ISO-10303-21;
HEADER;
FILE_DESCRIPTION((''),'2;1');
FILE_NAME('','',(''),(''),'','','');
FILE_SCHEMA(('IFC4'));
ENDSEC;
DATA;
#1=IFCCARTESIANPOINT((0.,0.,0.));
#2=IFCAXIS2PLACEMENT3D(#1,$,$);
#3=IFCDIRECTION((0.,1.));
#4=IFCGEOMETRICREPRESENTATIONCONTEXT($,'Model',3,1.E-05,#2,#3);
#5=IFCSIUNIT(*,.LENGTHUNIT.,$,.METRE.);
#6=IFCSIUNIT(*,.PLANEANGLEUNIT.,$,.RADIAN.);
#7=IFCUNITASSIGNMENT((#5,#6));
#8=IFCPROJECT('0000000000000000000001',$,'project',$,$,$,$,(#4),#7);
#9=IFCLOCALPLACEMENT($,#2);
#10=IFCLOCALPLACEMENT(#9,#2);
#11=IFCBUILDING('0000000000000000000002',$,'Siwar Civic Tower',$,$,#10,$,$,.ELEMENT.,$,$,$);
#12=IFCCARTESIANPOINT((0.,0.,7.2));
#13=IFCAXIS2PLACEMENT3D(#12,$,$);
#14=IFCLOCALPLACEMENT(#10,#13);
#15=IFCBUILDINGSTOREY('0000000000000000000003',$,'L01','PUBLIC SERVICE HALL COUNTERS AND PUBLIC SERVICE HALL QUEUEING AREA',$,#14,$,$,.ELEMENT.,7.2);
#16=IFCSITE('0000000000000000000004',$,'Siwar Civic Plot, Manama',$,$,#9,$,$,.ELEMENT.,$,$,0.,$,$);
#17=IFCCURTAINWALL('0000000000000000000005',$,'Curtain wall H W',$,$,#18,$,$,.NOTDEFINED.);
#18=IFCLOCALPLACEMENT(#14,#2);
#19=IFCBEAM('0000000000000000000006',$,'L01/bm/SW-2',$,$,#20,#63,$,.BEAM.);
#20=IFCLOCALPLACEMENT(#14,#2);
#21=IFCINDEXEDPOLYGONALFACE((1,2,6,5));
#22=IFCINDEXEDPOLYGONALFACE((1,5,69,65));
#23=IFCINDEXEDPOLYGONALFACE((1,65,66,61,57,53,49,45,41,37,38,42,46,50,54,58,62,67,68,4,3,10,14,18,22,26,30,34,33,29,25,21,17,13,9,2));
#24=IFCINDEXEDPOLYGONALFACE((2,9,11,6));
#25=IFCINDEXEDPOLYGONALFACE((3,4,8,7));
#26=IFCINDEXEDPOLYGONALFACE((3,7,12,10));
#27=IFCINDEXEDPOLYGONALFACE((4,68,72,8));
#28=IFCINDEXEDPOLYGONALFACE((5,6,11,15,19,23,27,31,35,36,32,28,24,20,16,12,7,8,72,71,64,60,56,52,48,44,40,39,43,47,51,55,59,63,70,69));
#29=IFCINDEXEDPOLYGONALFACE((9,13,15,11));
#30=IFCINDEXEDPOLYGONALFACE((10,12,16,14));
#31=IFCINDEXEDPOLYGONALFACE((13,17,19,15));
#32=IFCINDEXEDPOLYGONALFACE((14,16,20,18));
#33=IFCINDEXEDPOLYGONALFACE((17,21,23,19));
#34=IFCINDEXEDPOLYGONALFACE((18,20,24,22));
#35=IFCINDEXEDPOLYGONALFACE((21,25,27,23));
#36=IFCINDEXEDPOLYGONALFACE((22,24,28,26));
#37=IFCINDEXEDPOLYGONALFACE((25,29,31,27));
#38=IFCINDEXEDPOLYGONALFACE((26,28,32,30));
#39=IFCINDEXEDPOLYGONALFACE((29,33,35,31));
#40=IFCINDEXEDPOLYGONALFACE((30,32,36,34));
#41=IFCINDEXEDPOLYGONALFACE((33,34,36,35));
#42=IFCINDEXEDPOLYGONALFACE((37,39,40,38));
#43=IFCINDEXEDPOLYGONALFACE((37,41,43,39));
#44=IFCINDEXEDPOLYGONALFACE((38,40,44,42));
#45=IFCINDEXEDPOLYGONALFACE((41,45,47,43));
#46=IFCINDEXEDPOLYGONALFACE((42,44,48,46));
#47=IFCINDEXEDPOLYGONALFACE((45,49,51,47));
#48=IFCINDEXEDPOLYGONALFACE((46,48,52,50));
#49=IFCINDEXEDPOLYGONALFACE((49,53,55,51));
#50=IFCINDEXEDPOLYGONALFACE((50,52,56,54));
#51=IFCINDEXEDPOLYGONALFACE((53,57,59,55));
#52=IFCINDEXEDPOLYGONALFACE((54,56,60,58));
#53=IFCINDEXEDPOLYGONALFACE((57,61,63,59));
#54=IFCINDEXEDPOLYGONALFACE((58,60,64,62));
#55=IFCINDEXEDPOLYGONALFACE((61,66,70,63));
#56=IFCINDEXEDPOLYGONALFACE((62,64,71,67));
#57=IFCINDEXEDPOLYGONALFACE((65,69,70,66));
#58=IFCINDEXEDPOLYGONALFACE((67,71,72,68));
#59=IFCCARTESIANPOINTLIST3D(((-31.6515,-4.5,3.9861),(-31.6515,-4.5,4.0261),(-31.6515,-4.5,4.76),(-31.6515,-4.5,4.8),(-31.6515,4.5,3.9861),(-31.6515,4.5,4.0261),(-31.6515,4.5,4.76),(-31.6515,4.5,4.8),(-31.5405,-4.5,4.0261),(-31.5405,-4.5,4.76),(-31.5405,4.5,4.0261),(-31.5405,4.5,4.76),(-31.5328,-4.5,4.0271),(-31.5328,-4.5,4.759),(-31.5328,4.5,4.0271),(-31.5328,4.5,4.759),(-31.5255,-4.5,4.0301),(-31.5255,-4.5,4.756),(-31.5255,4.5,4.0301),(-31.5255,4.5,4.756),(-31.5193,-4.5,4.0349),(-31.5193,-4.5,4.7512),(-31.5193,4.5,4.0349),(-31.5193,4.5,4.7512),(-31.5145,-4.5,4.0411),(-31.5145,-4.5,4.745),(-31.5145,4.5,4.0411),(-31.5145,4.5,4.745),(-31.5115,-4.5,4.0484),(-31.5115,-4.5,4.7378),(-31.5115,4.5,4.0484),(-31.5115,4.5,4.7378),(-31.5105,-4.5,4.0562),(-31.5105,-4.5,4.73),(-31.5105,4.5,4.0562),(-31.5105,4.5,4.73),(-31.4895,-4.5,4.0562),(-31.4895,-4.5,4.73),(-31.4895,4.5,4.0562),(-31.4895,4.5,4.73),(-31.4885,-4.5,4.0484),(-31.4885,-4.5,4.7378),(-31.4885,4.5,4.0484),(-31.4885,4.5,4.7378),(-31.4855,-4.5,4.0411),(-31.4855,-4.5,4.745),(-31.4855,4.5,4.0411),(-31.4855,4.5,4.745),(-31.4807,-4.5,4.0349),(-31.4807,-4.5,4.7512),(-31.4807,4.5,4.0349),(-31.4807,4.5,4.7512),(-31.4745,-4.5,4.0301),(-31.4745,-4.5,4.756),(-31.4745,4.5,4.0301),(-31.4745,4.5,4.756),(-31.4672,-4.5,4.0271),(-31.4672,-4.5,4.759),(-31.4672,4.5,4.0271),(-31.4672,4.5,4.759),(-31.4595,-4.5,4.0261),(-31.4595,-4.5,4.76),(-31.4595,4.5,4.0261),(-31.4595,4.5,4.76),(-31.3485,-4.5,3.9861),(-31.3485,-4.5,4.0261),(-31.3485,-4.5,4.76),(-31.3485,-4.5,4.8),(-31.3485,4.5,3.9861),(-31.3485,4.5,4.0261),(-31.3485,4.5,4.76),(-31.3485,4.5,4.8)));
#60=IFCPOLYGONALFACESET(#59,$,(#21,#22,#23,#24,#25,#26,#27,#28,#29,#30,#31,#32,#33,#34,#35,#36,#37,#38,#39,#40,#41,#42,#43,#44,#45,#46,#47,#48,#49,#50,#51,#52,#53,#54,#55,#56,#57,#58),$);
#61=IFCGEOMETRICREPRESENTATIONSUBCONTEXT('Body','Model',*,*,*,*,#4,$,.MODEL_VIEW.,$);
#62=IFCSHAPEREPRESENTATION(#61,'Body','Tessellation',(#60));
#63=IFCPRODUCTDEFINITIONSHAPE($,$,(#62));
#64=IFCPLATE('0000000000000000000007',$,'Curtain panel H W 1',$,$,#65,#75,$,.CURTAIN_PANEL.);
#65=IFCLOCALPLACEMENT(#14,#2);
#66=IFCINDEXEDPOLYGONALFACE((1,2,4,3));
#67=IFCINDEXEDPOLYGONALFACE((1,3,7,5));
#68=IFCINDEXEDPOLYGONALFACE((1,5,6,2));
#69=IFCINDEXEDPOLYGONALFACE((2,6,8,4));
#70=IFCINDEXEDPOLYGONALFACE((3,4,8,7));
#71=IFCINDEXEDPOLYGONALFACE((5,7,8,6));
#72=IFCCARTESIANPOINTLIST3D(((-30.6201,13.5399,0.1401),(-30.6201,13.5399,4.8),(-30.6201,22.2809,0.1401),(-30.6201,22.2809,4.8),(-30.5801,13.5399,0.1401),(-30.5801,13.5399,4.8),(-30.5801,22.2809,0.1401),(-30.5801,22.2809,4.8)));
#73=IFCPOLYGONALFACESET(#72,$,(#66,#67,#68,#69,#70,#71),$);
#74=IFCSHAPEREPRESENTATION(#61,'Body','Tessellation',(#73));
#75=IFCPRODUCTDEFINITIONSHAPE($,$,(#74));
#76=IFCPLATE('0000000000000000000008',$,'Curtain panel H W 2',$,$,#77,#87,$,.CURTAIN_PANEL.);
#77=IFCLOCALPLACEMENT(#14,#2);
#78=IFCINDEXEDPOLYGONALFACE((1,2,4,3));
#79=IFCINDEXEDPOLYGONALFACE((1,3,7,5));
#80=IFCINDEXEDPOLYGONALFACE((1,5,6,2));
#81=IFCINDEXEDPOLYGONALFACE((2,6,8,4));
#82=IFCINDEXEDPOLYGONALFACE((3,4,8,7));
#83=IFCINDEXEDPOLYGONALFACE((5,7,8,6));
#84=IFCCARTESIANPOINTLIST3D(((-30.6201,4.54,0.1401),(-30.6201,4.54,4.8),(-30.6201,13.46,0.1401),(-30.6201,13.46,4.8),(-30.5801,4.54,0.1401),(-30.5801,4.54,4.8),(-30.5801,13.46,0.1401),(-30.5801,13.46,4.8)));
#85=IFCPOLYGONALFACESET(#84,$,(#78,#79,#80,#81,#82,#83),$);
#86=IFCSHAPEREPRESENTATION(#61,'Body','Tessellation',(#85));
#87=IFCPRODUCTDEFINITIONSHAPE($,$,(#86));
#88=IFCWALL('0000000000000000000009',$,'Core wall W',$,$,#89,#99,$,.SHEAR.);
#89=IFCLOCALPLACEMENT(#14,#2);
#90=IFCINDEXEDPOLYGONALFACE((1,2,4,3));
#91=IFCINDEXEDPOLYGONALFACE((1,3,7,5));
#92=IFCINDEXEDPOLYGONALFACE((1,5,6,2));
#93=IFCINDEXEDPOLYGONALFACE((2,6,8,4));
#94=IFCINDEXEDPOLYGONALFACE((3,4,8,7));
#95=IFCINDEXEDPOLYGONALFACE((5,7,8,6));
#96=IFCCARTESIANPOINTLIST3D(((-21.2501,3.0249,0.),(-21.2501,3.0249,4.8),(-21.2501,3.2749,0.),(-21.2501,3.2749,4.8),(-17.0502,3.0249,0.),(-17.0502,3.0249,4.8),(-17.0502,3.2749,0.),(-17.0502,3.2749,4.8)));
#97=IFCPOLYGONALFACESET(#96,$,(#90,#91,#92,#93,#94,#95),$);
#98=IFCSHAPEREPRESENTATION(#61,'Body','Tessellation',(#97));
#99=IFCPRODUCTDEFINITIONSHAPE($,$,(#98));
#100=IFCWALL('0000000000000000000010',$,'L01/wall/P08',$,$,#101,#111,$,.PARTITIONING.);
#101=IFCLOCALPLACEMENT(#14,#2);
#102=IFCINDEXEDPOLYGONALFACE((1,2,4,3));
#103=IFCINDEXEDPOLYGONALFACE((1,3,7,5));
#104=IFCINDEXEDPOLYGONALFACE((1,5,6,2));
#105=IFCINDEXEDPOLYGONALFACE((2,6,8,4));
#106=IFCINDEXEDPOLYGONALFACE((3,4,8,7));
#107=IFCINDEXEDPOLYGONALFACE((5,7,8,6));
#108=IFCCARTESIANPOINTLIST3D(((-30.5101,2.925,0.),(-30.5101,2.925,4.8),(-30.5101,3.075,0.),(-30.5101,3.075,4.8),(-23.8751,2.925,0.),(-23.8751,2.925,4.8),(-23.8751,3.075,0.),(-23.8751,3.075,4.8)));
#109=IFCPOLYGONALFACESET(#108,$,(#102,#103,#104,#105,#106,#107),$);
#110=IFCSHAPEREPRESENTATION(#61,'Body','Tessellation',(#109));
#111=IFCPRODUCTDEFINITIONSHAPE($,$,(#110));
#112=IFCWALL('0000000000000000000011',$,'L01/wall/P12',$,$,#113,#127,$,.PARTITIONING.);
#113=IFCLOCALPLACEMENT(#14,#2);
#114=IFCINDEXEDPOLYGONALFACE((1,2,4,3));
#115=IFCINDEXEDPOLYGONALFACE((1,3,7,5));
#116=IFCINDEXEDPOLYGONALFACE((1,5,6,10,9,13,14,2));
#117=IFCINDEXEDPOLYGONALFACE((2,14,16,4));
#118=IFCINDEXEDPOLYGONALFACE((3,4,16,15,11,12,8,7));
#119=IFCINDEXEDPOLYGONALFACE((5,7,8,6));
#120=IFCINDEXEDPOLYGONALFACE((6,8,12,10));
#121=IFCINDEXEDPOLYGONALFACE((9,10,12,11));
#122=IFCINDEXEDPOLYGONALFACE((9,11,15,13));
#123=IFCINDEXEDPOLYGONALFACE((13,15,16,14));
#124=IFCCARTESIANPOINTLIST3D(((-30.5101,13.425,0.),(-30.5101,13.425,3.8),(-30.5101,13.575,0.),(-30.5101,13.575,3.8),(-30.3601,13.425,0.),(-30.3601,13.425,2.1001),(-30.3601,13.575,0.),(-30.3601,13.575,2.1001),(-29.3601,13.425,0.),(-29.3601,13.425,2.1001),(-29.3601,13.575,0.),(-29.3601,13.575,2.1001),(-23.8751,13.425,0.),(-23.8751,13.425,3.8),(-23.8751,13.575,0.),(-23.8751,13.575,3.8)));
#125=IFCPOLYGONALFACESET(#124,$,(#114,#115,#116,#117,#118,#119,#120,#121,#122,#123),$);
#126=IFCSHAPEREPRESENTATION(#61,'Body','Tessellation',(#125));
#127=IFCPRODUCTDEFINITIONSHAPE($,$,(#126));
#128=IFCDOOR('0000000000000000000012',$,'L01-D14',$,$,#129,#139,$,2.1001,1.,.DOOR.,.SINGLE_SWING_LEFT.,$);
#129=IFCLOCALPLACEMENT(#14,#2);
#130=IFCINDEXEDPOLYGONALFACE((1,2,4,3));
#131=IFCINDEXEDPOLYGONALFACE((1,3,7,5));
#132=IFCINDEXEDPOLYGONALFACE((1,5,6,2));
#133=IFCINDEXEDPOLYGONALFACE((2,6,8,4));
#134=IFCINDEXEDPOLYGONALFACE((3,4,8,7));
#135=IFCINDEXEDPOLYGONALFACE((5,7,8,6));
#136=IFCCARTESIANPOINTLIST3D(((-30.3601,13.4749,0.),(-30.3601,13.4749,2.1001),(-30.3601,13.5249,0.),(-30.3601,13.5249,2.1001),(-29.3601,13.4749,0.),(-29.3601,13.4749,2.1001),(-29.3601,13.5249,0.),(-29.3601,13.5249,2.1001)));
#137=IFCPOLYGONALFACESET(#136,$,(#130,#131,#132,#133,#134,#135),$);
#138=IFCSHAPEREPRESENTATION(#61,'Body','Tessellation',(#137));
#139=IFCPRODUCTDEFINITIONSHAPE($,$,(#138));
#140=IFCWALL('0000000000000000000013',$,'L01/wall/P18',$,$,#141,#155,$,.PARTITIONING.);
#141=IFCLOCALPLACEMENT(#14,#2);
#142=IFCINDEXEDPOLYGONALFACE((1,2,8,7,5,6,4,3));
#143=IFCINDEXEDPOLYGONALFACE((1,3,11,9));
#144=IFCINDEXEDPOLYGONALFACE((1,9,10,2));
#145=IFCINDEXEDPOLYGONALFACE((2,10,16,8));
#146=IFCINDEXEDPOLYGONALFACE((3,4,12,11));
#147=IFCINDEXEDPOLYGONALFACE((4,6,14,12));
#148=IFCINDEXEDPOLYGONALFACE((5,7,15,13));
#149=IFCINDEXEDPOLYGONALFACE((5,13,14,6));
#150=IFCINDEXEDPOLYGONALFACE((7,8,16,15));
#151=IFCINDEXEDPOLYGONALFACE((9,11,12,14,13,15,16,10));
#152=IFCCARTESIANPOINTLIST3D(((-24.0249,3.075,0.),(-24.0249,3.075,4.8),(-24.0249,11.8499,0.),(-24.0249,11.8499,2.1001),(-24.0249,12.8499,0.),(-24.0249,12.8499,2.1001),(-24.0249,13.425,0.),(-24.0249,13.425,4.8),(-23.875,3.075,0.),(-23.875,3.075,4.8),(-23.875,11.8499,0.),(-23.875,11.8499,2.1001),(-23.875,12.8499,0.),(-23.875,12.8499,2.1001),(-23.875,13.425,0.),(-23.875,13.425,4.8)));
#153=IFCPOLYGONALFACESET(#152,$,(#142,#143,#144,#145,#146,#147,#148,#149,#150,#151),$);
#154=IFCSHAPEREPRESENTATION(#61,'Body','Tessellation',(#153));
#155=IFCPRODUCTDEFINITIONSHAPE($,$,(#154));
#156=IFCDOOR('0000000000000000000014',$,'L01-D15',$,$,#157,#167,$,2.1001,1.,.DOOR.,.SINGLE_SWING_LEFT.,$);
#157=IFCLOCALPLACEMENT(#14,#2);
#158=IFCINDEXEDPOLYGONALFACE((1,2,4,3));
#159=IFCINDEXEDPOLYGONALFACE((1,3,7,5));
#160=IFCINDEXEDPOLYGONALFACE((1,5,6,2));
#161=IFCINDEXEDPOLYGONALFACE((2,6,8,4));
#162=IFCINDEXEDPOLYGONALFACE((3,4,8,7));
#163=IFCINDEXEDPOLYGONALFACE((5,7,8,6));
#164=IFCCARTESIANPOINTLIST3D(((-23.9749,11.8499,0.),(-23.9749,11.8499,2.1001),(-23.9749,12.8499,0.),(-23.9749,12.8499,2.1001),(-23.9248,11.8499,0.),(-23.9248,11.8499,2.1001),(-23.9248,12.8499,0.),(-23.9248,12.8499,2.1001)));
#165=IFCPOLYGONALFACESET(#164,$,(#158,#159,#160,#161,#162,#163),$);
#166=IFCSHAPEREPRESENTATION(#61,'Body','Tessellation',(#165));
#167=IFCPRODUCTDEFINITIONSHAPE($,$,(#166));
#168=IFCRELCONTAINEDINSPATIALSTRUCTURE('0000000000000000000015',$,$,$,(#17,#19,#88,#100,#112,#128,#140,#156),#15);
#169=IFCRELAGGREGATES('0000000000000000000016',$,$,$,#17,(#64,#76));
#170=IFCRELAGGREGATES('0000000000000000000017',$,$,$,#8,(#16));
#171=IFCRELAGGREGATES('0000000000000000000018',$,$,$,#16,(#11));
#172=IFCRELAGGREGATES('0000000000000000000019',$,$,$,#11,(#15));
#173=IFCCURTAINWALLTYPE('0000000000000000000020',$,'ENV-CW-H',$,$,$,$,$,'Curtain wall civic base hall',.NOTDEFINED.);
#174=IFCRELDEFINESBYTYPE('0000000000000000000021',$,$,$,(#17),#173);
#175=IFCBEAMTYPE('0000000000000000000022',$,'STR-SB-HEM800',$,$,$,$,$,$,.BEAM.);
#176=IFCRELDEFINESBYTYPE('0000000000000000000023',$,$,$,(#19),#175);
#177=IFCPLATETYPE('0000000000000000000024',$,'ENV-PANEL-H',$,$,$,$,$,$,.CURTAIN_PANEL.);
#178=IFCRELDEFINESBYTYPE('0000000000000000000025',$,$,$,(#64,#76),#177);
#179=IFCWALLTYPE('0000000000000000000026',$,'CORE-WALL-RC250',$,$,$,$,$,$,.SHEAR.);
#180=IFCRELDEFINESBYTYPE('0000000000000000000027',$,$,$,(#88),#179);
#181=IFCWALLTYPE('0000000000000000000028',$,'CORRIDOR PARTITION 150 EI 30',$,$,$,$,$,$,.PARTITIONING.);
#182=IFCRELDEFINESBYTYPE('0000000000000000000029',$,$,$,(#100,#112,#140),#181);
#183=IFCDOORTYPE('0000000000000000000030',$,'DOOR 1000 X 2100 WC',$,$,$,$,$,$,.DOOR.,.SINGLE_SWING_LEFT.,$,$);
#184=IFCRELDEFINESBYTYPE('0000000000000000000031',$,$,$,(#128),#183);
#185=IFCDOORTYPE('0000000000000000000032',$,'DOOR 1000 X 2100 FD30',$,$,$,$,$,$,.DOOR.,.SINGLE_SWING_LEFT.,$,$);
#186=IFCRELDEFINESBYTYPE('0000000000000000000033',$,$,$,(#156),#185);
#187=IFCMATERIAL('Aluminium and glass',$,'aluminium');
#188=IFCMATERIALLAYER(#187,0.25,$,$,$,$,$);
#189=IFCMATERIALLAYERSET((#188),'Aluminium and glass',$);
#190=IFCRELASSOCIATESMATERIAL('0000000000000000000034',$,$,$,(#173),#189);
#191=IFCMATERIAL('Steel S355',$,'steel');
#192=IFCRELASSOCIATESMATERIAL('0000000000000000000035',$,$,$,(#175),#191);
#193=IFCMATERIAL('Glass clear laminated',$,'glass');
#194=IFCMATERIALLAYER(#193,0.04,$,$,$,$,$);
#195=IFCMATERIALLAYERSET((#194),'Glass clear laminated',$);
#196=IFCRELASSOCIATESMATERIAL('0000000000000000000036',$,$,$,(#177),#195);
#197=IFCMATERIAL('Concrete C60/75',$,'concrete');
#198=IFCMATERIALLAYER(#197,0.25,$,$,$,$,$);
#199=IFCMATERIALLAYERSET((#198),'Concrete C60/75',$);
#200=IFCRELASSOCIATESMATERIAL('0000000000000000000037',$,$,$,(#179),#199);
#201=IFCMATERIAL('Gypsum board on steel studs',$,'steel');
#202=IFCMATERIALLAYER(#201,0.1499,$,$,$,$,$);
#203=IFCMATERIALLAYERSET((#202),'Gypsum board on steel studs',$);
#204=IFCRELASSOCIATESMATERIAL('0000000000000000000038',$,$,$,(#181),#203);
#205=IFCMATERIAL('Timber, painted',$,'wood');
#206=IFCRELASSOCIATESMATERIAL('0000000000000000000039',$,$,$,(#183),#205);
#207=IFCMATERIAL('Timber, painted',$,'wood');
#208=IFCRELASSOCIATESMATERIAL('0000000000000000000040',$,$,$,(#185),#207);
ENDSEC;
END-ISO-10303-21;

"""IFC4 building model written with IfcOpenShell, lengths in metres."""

from ifc_helpers import new_model, si_unit, direction, frame, frame_2d, origin, origin_2d, place, context, subcontext, project, spatial, rectangle, i_section, extrude, material, layer, layer_set, material_profile, profile_set, type_object, element, fill, aggregate, save


model = new_model("IFC4")

# Units and contexts
model_context = context("Model", 3, precision=1e-05, world=origin(), true_north=direction((0.0, 1.0)))
body_context = subcontext(model_context, "Body", "Model", "MODEL_VIEW")
ifc_project = project(units=[si_unit("LENGTHUNIT", "METRE"), si_unit("PLANEANGLEUNIT", "RADIAN")], contexts=[model_context])

# Site, building, storey
site_placement = place(None, origin())
site = spatial("IfcSite", under=ifc_project, at=site_placement, Name="Siwar Civic Plot, Manama", CompositionType="ELEMENT", RefElevation=0.0)
building_placement = place(site_placement, origin())
building = spatial("IfcBuilding", under=site, at=building_placement, Name="Siwar Civic Tower", CompositionType="ELEMENT")
storey_placement = place(building_placement, frame((0.0, 0.0, 7.2)))
storey = spatial("IfcBuildingStorey", under=building, at=storey_placement, Name="L01", Description="PUBLIC SERVICE HALL COUNTERS AND PUBLIC SERVICE HALL QUEUEING AREA", CompositionType="ELEMENT", Elevation=7.2)

# Curtain wall
ifc_material_1 = material(Name="Aluminium and glass", Category="aluminium")
ifc_layer_1 = layer(ifc_material_1, 0.25)
ifc_layer_set_1 = layer_set([ifc_layer_1], Name="Aluminium and glass")
curtain_wall_type = type_object("IfcCurtainWallType", Name="ENV-CW-H", ElementType="Curtain wall civic base hall", PredefinedType="NOTDEFINED", material=ifc_layer_set_1)
curtain_wall_placement = place(storey_placement, origin())
curtain_wall = element("IfcCurtainWall", 1, at=curtain_wall_placement, inside=storey, type_object=curtain_wall_type, Name="Curtain wall H W", PredefinedType="NOTDEFINED")

# Beam
ifc_material_2 = material(Name="Steel S355", Category="steel")
ifc_material_profile_1 = material_profile(ifc_material_2, i_section(OverallWidth=0.303, OverallDepth=0.814, WebThickness=0.021, FlangeThickness=0.04, FilletRadius=0.03, at=origin_2d()), Name="HEM800")
ifc_profile_set_1 = profile_set([ifc_material_profile_1], Name="Steel S355")
beam_type_1 = type_object("IfcBeamType", Name="STR-SB-HEM800", PredefinedType="BEAM", material=ifc_profile_set_1)
for number, where, z_axis, x_axis, name in (
    (2, (-31.5, 4.5, 4.3931), (0.0, -1.0, 0.0), (1.0, 0.0, 0.0), "L01/bm/SW-2"),
):
    element("IfcBeam", number, at=place(storey_placement, frame(where, z_axis=z_axis, x_axis=x_axis)), inside=storey, type_object=beam_type_1, Name=name, PredefinedType="BEAM", context=body_context, shape_type="SweptSolid", body=[
        extrude(i_section(OverallWidth=0.303, OverallDepth=0.814, WebThickness=0.021, FlangeThickness=0.04, FilletRadius=0.03, at=origin_2d()), origin(), (0.0, 0.0, 1.0), 9.0),
    ])

# Plates
ifc_material_3 = material(Name="Glass clear laminated", Category="glass")
ifc_layer_2 = layer(ifc_material_3, 0.04)
ifc_layer_set_2 = layer_set([ifc_layer_2], Name="Glass clear laminated")
plate_type = type_object("IfcPlateType", Name="ENV-PANEL-H", PredefinedType="CURTAIN_PANEL", material=ifc_layer_set_2)
plate_1_placement = place(storey_placement, frame((-30.6001, 17.9104, 0.1401), z_axis=(0.0, 0.0, 1.0), x_axis=(0.0, -1.0, 0.0)))
plate_1 = element("IfcPlate", 3, at=plate_1_placement, type_object=plate_type, Name="Curtain panel H W 1", PredefinedType="CURTAIN_PANEL", context=body_context, shape_type="SweptSolid", body=[
    extrude(rectangle(XDim=8.741, YDim=0.04, at=origin_2d()), origin(), (0.0, 0.0, 1.0), 4.6599),
])
plate_2_placement = place(storey_placement, frame((-30.6001, 9.0, 0.1401), z_axis=(0.0, 0.0, 1.0), x_axis=(0.0, -1.0, 0.0)))
plate_2 = element("IfcPlate", 4, at=plate_2_placement, type_object=plate_type, Name="Curtain panel H W 2", PredefinedType="CURTAIN_PANEL", context=body_context, shape_type="SweptSolid", body=[
    extrude(rectangle(XDim=8.9199, YDim=0.04, at=origin_2d()), origin(), (0.0, 0.0, 1.0), 4.6599),
])
aggregate(curtain_wall, [plate_1, plate_2])

# Walls
ifc_material_4 = material(Name="Concrete C60/75", Category="concrete")
ifc_layer_3 = layer(ifc_material_4, 0.25)
ifc_layer_set_3 = layer_set([ifc_layer_3], Name="Concrete C60/75")
wall_type_1 = type_object("IfcWallType", Name="CORE-WALL-RC250", PredefinedType="SHEAR", material=ifc_layer_set_3)
wall_1_placement = place(storey_placement, frame((-17.05, 3.1499, 0.0), z_axis=(0.0, 0.0, 1.0), x_axis=(-1.0, 0.0, 0.0)))
element("IfcWall", 5, at=wall_1_placement, inside=storey, type_object=wall_type_1, Name="Core wall W", PredefinedType="SHEAR", context=body_context, shape_type="SweptSolid", body=[
    extrude(rectangle(XDim=4.2, YDim=0.25, at=frame_2d((2.1001, 0.0))), origin(), (0.0, 0.0, 1.0), 4.8),
])
ifc_material_5 = material(Name="Gypsum board on steel studs", Category="steel")
ifc_layer_4 = layer(ifc_material_5, 0.1499)
ifc_layer_set_4 = layer_set([ifc_layer_4], Name="Gypsum board on steel studs")
wall_type_2 = type_object("IfcWallType", Name="CORRIDOR PARTITION 150 EI 30", PredefinedType="PARTITIONING", material=ifc_layer_set_4)
wall_2_placement = place(storey_placement, frame((-30.51, 3.0, 0.0), z_axis=(0.0, 0.0, 1.0), x_axis=(1.0, 0.0, 0.0)))
element("IfcWall", 6, at=wall_2_placement, inside=storey, type_object=wall_type_2, Name="L01/wall/P08", PredefinedType="PARTITIONING", context=body_context, shape_type="SweptSolid", body=[
    extrude(rectangle(XDim=6.635, YDim=0.1499, at=frame_2d((3.3174, 0.0))), origin(), (0.0, 0.0, 1.0), 4.8),
])

# Walls, openings, doors
wall_3_placement = place(storey_placement, frame((-30.51, 13.5, 0.0), z_axis=(0.0, 0.0, 1.0), x_axis=(1.0, 0.0, 0.0)))
wall_3 = element("IfcWall", 7, at=wall_3_placement, inside=storey, type_object=wall_type_2, Name="L01/wall/P12", PredefinedType="PARTITIONING", context=body_context, shape_type="SweptSolid", body=[
    extrude(rectangle(XDim=6.635, YDim=0.1499, at=frame_2d((3.3174, 0.0))), origin(), (0.0, 0.0, 1.0), 3.8),
])
opening_1_placement = place(wall_3_placement, frame((0.1499, 0.0, 0.0)))
opening_1 = element("IfcOpeningElement", 8, at=opening_1_placement, cuts=wall_3, PredefinedType="OPENING", context=body_context, shape_type="SweptSolid", body=[
    extrude(rectangle(XDim=1.0, YDim=2.1001, at=frame_2d((0.5, 1.05))), frame((0.0, 0.085, 0.0), z_axis=(0.0, -1.0, 0.0), x_axis=(1.0, 0.0, 0.0)), (0.0, 0.0, 1.0), 0.1699),
])
ifc_material_6 = material(Name="Timber, painted", Category="wood")
door_type_1 = type_object("IfcDoorType", Name="DOOR 1000 X 2100 WC", OperationType="SINGLE_SWING_LEFT", PredefinedType="DOOR", material=ifc_material_6)
door_1_placement = place(opening_1_placement, origin())
door_1 = element("IfcDoor", 9, at=door_1_placement, inside=storey, type_object=door_type_1, Name="L01-D14", OperationType="SINGLE_SWING_LEFT", OverallHeight=2.1001, OverallWidth=1.0, PredefinedType="DOOR", context=body_context, shape_type="SweptSolid", body=[
    extrude(rectangle(XDim=1.0, YDim=2.1001, at=frame_2d((0.5, 1.05))), frame((0.0, 0.0249, 0.0), z_axis=(0.0, -1.0, 0.0), x_axis=(1.0, 0.0, 0.0)), (0.0, 0.0, 1.0), 0.05),
])
fill(opening_1, door_1)
wall_4_placement = place(storey_placement, frame((-23.95, 3.075, 0.0), z_axis=(0.0, 0.0, 1.0), x_axis=(0.0, 1.0, 0.0)))
wall_4 = element("IfcWall", 10, at=wall_4_placement, inside=storey, type_object=wall_type_2, Name="L01/wall/P18", PredefinedType="PARTITIONING", context=body_context, shape_type="SweptSolid", body=[
    extrude(rectangle(XDim=10.3501, YDim=0.1499, at=frame_2d((5.175, 0.0))), origin(), (0.0, 0.0, 1.0), 4.8),
])
opening_2_placement = place(wall_4_placement, frame((8.7749, 0.0, 0.0)))
opening_2 = element("IfcOpeningElement", 11, at=opening_2_placement, cuts=wall_4, PredefinedType="OPENING", context=body_context, shape_type="SweptSolid", body=[
    extrude(rectangle(XDim=1.0, YDim=2.1001, at=frame_2d((0.5, 1.05))), frame((0.0, 0.085, 0.0), z_axis=(0.0, -1.0, 0.0), x_axis=(1.0, 0.0, 0.0)), (0.0, 0.0, 1.0), 0.1699),
])
ifc_material_7 = material(Name="Timber, painted", Category="wood")
door_type_2 = type_object("IfcDoorType", Name="DOOR 1000 X 2100 FD30", OperationType="SINGLE_SWING_LEFT", PredefinedType="DOOR", material=ifc_material_7)
door_2_placement = place(opening_2_placement, origin())
door_2 = element("IfcDoor", 12, at=door_2_placement, inside=storey, type_object=door_type_2, Name="L01-D15", OperationType="SINGLE_SWING_LEFT", OverallHeight=2.1001, OverallWidth=1.0, PredefinedType="DOOR", context=body_context, shape_type="SweptSolid", body=[
    extrude(rectangle(XDim=1.0, YDim=2.1001, at=frame_2d((0.5, 1.05))), frame((0.0, 0.0249, 0.0), z_axis=(0.0, -1.0, 0.0), x_axis=(1.0, 0.0, 0.0)), (0.0, 0.0, 1.0), 0.05),
])
fill(opening_2, door_2)

save(model, "model.ifc")
